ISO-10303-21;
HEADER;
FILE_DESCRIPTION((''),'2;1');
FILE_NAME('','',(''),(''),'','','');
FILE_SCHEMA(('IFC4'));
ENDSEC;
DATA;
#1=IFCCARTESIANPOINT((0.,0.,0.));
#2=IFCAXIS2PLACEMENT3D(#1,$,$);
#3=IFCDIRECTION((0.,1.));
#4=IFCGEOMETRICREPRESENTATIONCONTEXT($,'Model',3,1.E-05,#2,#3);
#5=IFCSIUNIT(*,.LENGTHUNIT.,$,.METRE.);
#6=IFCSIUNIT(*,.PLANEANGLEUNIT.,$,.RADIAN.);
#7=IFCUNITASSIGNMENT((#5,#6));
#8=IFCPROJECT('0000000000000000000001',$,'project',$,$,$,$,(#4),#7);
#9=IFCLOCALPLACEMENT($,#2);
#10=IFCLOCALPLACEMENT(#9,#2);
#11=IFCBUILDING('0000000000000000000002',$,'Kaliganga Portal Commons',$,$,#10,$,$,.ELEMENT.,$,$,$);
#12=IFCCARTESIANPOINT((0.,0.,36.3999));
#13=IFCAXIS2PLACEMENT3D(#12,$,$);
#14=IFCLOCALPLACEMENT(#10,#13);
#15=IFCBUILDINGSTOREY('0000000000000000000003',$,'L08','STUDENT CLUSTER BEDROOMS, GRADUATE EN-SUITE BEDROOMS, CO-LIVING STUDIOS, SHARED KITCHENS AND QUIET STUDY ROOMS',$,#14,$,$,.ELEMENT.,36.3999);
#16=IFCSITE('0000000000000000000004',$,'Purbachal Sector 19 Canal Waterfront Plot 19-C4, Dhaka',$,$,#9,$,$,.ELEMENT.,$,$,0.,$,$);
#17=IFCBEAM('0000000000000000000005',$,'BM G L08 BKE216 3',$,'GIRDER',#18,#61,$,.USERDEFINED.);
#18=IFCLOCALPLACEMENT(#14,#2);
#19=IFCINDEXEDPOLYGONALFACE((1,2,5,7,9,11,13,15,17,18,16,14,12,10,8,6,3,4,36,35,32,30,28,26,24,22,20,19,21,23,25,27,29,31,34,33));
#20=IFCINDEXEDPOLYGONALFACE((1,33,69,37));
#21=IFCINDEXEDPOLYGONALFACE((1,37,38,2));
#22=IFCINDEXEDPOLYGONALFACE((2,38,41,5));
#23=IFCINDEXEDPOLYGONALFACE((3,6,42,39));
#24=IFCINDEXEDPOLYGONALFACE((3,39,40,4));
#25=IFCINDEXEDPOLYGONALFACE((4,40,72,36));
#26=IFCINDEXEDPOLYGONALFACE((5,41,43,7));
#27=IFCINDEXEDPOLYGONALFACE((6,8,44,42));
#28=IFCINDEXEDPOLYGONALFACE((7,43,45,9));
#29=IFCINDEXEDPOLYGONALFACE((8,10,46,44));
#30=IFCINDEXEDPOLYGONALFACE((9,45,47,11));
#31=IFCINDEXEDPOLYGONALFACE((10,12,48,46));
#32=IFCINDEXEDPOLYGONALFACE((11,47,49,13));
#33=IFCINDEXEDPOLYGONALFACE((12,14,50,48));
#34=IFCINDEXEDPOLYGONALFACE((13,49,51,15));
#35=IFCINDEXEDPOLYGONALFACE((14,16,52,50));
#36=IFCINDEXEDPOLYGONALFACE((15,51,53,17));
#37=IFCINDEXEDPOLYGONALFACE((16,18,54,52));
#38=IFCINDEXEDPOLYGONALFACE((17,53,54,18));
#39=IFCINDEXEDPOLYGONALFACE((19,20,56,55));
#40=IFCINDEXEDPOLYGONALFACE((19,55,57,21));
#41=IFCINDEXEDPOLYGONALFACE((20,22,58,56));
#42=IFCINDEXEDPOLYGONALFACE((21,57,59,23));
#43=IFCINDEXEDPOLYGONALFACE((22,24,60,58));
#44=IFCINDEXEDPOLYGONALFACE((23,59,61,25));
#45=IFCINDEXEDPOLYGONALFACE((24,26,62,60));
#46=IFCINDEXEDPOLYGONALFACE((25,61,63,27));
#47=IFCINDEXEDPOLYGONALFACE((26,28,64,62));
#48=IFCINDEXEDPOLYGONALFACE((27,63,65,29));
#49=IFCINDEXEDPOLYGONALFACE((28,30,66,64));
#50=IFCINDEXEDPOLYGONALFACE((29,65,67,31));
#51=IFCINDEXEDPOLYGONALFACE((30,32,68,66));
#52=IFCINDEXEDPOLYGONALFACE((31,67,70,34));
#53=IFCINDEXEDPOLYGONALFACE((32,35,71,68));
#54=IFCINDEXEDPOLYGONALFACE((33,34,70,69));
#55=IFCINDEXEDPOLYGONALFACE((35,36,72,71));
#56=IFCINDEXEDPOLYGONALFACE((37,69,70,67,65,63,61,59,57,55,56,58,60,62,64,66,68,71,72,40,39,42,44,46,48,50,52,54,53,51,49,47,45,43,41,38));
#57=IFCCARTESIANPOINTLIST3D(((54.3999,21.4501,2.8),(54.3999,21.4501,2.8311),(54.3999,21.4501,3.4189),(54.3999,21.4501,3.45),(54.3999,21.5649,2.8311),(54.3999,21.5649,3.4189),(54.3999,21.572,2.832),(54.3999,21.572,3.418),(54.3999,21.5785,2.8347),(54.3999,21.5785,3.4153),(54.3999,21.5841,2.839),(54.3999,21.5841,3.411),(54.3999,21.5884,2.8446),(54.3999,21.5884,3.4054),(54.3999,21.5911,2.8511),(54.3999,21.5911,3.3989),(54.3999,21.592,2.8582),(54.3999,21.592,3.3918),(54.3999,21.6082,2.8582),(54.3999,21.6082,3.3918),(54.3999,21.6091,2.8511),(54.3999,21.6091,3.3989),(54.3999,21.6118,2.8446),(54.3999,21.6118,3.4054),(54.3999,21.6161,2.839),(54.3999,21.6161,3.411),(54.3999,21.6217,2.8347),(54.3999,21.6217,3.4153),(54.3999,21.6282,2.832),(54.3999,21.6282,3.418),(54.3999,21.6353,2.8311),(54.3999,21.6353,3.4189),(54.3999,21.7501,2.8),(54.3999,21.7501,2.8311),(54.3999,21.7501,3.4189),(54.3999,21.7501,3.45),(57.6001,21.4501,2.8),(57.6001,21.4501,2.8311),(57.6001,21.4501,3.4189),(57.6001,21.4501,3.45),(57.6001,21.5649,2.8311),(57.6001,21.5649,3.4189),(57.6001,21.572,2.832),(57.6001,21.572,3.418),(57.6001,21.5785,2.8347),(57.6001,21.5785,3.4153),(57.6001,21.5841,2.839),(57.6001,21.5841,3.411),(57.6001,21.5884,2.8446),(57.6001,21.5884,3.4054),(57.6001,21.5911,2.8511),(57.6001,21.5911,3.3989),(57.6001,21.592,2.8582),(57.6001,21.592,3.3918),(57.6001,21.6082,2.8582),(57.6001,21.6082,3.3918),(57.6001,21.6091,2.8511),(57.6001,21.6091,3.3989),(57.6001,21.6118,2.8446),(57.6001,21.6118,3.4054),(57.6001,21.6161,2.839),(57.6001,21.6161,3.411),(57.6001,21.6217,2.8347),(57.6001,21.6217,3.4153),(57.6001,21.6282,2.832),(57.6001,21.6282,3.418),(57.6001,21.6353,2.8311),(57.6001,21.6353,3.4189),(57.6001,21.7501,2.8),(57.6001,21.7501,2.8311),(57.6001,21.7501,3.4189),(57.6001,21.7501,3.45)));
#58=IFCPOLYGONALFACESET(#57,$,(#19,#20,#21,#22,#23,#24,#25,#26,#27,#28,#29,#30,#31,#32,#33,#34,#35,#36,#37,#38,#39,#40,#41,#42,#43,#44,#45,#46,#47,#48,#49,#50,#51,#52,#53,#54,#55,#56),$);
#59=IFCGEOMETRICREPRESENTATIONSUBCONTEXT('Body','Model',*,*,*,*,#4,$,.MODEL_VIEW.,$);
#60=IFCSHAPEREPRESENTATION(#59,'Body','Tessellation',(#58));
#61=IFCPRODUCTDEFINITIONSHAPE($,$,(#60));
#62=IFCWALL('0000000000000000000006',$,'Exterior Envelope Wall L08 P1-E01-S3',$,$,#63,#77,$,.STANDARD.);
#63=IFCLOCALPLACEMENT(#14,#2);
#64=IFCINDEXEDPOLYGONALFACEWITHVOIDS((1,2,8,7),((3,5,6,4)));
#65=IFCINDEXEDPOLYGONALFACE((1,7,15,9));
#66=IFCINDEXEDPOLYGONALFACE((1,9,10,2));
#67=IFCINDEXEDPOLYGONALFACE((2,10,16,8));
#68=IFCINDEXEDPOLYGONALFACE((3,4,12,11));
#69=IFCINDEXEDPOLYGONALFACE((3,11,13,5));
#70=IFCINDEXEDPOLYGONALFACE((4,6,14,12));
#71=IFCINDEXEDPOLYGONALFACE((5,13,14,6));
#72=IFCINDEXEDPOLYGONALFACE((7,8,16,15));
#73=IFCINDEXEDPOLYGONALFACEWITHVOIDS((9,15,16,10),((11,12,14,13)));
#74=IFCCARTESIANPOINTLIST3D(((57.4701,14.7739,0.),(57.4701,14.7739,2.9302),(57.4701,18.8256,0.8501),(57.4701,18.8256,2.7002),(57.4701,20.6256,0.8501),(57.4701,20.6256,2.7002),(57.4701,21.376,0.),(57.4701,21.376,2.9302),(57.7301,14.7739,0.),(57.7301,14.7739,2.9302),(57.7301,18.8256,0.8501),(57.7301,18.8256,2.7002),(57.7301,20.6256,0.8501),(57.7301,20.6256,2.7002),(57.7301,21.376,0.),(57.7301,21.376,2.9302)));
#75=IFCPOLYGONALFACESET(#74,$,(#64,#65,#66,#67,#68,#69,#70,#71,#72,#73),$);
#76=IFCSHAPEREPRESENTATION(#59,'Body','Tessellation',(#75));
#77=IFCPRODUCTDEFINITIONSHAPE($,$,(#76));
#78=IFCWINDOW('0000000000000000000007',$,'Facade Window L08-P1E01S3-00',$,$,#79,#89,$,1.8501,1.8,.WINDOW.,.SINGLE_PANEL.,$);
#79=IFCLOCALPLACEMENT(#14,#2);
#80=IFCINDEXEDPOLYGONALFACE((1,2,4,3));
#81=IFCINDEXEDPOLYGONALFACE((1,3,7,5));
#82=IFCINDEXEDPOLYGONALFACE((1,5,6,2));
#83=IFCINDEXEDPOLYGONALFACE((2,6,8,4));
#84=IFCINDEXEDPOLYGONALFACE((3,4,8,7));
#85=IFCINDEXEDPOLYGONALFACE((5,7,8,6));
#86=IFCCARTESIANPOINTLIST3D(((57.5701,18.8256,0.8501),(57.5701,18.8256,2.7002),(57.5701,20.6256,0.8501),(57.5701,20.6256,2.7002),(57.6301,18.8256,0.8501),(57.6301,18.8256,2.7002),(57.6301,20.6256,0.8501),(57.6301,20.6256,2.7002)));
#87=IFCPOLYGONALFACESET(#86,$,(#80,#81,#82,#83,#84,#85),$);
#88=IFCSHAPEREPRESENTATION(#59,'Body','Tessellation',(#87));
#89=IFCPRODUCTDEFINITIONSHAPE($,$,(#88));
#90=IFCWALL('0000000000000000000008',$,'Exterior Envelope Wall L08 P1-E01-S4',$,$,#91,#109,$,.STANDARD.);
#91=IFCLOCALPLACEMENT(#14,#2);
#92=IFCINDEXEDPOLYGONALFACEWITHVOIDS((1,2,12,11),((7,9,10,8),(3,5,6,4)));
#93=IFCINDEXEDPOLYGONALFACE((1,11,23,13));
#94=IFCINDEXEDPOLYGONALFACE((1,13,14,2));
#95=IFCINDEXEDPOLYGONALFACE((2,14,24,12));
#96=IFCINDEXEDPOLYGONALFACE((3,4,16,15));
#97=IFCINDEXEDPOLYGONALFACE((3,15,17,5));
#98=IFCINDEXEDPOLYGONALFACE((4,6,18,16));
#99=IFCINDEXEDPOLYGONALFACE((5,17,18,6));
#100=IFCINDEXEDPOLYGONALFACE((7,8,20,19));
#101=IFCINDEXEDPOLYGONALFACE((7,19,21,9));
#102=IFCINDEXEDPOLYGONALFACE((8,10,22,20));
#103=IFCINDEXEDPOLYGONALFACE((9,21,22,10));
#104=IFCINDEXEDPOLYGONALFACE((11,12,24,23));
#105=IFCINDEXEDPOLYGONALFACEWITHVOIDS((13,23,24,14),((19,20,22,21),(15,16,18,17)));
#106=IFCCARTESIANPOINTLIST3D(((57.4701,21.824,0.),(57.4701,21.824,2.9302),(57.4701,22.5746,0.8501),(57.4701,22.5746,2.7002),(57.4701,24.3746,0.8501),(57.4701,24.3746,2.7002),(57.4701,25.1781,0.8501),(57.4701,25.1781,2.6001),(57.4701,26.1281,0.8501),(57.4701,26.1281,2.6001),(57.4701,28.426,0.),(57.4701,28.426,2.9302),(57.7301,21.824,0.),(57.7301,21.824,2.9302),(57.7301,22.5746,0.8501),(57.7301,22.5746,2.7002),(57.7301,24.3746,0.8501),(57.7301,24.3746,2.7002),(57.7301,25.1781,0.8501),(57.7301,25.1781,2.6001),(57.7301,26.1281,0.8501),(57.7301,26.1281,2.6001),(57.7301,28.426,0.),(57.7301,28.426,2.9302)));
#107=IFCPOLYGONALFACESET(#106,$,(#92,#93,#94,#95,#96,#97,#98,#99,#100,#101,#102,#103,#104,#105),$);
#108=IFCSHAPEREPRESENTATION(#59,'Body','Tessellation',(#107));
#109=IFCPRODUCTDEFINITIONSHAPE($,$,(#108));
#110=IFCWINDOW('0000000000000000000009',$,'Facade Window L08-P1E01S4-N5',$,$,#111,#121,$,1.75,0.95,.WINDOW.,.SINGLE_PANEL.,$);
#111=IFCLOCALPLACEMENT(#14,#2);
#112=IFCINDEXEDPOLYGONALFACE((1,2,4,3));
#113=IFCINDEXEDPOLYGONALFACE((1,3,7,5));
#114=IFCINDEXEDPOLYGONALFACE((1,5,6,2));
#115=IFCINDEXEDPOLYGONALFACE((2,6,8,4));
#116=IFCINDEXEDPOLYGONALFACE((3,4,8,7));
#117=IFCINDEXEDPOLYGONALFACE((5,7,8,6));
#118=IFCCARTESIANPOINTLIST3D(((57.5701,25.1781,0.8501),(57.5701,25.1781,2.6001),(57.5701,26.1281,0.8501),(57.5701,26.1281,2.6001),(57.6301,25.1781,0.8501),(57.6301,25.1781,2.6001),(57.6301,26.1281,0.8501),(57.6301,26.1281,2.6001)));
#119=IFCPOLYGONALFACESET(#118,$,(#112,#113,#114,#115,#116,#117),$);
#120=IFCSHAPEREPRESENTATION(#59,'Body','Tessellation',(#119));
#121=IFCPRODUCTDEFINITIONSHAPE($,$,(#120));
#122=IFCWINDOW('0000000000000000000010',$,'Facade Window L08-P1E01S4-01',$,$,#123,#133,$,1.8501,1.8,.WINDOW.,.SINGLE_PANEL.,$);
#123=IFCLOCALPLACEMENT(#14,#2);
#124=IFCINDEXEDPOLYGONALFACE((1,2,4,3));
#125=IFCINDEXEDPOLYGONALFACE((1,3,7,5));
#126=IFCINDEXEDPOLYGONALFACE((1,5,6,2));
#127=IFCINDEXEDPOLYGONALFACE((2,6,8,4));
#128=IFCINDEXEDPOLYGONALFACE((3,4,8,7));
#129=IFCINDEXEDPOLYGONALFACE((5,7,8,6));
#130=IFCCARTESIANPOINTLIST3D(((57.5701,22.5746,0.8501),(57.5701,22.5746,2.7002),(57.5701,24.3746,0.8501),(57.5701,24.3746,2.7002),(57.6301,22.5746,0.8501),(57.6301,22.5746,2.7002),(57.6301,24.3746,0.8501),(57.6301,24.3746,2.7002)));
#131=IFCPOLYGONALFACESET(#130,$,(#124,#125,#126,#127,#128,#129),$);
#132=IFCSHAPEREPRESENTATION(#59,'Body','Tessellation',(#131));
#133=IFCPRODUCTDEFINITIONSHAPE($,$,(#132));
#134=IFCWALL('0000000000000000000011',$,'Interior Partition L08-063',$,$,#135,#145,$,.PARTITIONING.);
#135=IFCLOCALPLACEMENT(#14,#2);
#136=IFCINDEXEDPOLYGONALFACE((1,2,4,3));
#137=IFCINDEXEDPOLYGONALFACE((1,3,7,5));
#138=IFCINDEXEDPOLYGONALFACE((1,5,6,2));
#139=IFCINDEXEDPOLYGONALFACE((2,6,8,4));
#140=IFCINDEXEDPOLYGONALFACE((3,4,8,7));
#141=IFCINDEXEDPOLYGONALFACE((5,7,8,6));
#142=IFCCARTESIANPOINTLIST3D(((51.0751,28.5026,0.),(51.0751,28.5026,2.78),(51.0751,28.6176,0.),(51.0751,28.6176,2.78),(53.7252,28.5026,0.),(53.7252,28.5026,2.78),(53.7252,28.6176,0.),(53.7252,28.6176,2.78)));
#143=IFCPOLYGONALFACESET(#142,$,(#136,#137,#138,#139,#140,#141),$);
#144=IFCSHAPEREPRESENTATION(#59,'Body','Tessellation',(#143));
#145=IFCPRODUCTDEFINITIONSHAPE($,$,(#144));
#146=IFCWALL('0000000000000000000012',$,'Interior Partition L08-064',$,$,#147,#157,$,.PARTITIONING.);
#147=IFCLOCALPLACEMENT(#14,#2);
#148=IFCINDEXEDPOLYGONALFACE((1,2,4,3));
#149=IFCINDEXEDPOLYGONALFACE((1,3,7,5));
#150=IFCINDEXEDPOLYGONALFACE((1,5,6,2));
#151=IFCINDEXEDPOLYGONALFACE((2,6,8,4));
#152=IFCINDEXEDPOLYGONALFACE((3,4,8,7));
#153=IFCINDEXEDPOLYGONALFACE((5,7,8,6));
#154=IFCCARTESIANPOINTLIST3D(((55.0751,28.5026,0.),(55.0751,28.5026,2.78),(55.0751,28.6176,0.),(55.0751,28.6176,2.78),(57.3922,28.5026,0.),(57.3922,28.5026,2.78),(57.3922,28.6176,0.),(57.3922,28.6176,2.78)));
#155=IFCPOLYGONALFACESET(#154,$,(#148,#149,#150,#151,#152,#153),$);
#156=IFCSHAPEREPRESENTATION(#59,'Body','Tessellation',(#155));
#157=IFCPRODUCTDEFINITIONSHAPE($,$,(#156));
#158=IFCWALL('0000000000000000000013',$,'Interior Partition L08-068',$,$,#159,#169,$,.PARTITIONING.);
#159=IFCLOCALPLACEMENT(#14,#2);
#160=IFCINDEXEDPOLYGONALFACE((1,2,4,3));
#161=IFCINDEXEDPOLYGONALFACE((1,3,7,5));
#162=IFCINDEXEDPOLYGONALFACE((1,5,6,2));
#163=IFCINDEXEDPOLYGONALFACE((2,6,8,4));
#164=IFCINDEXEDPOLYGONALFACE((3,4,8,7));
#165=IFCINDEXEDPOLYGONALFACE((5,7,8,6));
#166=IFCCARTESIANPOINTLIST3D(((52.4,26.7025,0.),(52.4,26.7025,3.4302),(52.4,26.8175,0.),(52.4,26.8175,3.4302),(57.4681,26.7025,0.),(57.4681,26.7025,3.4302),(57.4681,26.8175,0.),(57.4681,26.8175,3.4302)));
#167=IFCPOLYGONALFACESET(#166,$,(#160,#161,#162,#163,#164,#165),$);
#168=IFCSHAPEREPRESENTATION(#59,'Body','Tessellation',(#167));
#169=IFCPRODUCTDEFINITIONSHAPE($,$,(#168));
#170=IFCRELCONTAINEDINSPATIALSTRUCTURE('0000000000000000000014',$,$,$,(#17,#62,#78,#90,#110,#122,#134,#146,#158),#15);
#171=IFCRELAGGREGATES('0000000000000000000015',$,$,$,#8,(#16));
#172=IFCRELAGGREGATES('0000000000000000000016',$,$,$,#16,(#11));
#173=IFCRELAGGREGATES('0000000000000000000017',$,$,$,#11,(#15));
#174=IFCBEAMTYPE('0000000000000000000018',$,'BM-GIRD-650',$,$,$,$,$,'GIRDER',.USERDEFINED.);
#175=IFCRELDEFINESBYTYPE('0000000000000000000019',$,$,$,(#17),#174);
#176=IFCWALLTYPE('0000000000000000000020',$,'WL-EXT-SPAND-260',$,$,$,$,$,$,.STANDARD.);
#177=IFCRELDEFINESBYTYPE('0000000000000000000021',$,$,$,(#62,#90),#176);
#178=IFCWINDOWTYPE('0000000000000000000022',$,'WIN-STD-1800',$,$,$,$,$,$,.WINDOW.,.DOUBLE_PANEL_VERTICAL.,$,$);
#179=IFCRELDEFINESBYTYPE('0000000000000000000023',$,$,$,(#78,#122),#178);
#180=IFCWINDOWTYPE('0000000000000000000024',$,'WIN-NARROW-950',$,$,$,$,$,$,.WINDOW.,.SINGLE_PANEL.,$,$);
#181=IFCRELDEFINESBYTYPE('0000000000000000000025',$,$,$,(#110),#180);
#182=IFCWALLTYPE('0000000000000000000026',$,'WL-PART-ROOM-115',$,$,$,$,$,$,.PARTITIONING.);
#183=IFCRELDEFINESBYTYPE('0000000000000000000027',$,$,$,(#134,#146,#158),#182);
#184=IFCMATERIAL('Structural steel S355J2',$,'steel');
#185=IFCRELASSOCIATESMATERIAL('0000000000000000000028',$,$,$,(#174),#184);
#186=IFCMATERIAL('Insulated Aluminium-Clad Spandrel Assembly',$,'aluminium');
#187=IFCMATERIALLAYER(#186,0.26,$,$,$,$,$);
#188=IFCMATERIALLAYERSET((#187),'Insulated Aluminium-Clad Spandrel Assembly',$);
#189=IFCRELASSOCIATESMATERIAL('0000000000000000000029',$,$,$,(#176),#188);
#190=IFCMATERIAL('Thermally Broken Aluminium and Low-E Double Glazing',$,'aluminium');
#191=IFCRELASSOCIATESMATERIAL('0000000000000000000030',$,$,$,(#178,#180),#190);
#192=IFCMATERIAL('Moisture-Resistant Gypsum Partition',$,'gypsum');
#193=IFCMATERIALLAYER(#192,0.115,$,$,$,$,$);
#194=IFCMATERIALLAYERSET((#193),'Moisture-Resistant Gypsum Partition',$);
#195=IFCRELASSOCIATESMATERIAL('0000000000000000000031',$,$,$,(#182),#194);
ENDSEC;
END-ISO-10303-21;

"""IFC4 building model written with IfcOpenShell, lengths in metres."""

from ifc_helpers import new_model, si_unit, direction, frame, frame_2d, origin, origin_2d, place, context, subcontext, project, spatial, rectangle, i_section, extrude, source, transform, mapped, material, layer, layer_set, material_profile, profile_set, type_object, element, fill, save


model = new_model("IFC4")

# Units and contexts
model_context = context("Model", 3, precision=1e-05, world=origin(), true_north=direction((0.0, 1.0)))
body_context = subcontext(model_context, "Body", "Model", "MODEL_VIEW")
ifc_project = project(units=[si_unit("LENGTHUNIT", "METRE"), si_unit("PLANEANGLEUNIT", "RADIAN")], contexts=[model_context])

# Site, building, storey
site_placement = place(None, origin())
site = spatial("IfcSite", under=ifc_project, at=site_placement, Name="Purbachal Sector 19 Canal Waterfront Plot 19-C4, Dhaka", CompositionType="ELEMENT", RefElevation=0.0)
building_placement = place(site_placement, origin())
building = spatial("IfcBuilding", under=site, at=building_placement, Name="Kaliganga Portal Commons", CompositionType="ELEMENT")
storey_placement = place(building_placement, frame((0.0, 0.0, 36.3999)))
storey = spatial("IfcBuildingStorey", under=building, at=storey_placement, Name="L08", Description="STUDENT CLUSTER BEDROOMS, GRADUATE EN-SUITE BEDROOMS, CO-LIVING STUDIOS, SHARED KITCHENS AND QUIET STUDY ROOMS", CompositionType="ELEMENT", Elevation=36.3999)

# Beam
ifc_material_1 = material(Name="Structural steel S355J2", Category="steel")
ifc_material_profile_1 = material_profile(ifc_material_1, i_section(OverallWidth=0.3, OverallDepth=0.6499, WebThickness=0.0161, FlangeThickness=0.031, FilletRadius=0.0271, at=origin_2d()), Name="HE 650 B")
ifc_profile_set_1 = profile_set([ifc_material_profile_1], Name="Structural steel S355J2 wide-flange")
beam_type_1 = type_object("IfcBeamType", Name="BM-GIRD-650", ElementType="GIRDER", PredefinedType="USERDEFINED", material=ifc_profile_set_1)
shared_shape_1 = source(origin(), body_context, "Body", "SweptSolid", [
    extrude(i_section(OverallWidth=0.3, OverallDepth=0.6499, WebThickness=0.0161, FlangeThickness=0.031, FilletRadius=0.0271, at=origin_2d()), origin(), (0.0, 0.0, 1.0), 3.2002),
])
beam_1_placement = place(storey_placement, frame((54.3999, 21.6001, 3.125), z_axis=(1.0, 0.0, 0.0), x_axis=(0.0, 1.0, 0.0)))
element("IfcBeam", 1, at=beam_1_placement, inside=storey, type_object=beam_type_1, Name="BM G L08 BKE216 3", ObjectType="GIRDER", PredefinedType="USERDEFINED", context=body_context, shape_type="MappedRepresentation", body=[
    mapped(shared_shape_1, transform((0.0, 0.0, 0.0), x_axis=(1.0, 0.0, 0.0), y_axis=(0.0, 1.0, 0.0), z_axis=(0.0, 0.0, 1.0), scale=1.0)),
])

# Wall, opening, window
ifc_material_2 = material(Name="Insulated Aluminium-Clad Spandrel Assembly", Category="aluminium")
ifc_layer_1 = layer(ifc_material_2, 0.26)
ifc_layer_set_1 = layer_set([ifc_layer_1], Name="Insulated Aluminium-Clad Spandrel Assembly")
wall_type_1 = type_object("IfcWallType", Name="WL-EXT-SPAND-260", PredefinedType="STANDARD", material=ifc_layer_set_1)
wall_1_placement = place(storey_placement, frame((57.6001, 21.376, 0.0), z_axis=(0.0, 0.0, 1.0), x_axis=(0.0, -1.0, 0.0)))
wall_1 = element("IfcWall", 2, at=wall_1_placement, inside=storey, type_object=wall_type_1, Name="Exterior Envelope Wall L08 P1-E01-S3", PredefinedType="STANDARD", context=body_context, shape_type="SweptSolid", body=[
    extrude(rectangle(XDim=6.6021, YDim=0.26, at=frame_2d((3.301, 0.0))), origin(), (0.0, 0.0, 1.0), 2.9302),
])
opening_1_placement = place(wall_1_placement, frame((0.7505, 0.0, 0.8501)))
opening_1 = element("IfcOpeningElement", 3, at=opening_1_placement, cuts=wall_1, PredefinedType="OPENING", context=body_context, shape_type="SweptSolid", body=[
    extrude(rectangle(XDim=1.8, YDim=1.8501, at=frame_2d((0.8999, 0.925))), frame((0.0, 0.1401, 0.0), z_axis=(0.0, -1.0, 0.0), x_axis=(1.0, 0.0, 0.0)), (0.0, 0.0, 1.0), 0.28),
])
ifc_material_3 = material(Name="Thermally Broken Aluminium and Low-E Double Glazing", Category="aluminium")
window_type_1 = type_object("IfcWindowType", Name="WIN-STD-1800", PartitioningType="DOUBLE_PANEL_VERTICAL", PredefinedType="WINDOW", material=ifc_material_3)
window_1_placement = place(opening_1_placement, origin())
window_1 = element("IfcWindow", 4, at=window_1_placement, inside=storey, type_object=window_type_1, Name="Facade Window L08-P1E01S3-00", OverallHeight=1.8501, OverallWidth=1.8, PartitioningType="SINGLE_PANEL", PredefinedType="WINDOW", context=body_context, shape_type="SweptSolid", body=[
    extrude(rectangle(XDim=1.8, YDim=1.8501, at=frame_2d((0.8999, 0.925))), frame((0.0, 0.03, 0.0), z_axis=(0.0, -1.0, 0.0), x_axis=(1.0, 0.0, 0.0)), (0.0, 0.0, 1.0), 0.0601),
])
fill(opening_1, window_1)

# Wall, openings, windows
wall_2_placement = place(storey_placement, frame((57.6001, 28.426, 0.0), z_axis=(0.0, 0.0, 1.0), x_axis=(0.0, -1.0, 0.0)))
wall_2 = element("IfcWall", 5, at=wall_2_placement, inside=storey, type_object=wall_type_1, Name="Exterior Envelope Wall L08 P1-E01-S4", PredefinedType="STANDARD", context=body_context, shape_type="SweptSolid", body=[
    extrude(rectangle(XDim=6.6021, YDim=0.26, at=frame_2d((3.301, 0.0))), origin(), (0.0, 0.0, 1.0), 2.9302),
])
opening_2_placement = place(wall_2_placement, frame((4.0515, 0.0, 0.8501)))
opening_2 = element("IfcOpeningElement", 6, at=opening_2_placement, cuts=wall_2, PredefinedType="OPENING", context=body_context, shape_type="SweptSolid", body=[
    extrude(rectangle(XDim=1.8, YDim=1.8501, at=frame_2d((0.8999, 0.925))), frame((0.0, 0.1401, 0.0), z_axis=(0.0, -1.0, 0.0), x_axis=(1.0, 0.0, 0.0)), (0.0, 0.0, 1.0), 0.28),
])
opening_3_placement = place(wall_2_placement, frame((2.2979, 0.0, 0.8501)))
opening_3 = element("IfcOpeningElement", 7, at=opening_3_placement, cuts=wall_2, PredefinedType="OPENING", context=body_context, shape_type="SweptSolid", body=[
    extrude(rectangle(XDim=0.95, YDim=1.75, at=frame_2d((0.4751, 0.875))), frame((0.0, 0.1401, 0.0), z_axis=(0.0, -1.0, 0.0), x_axis=(1.0, 0.0, 0.0)), (0.0, 0.0, 1.0), 0.28),
])
window_type_2 = type_object("IfcWindowType", Name="WIN-NARROW-950", PartitioningType="SINGLE_PANEL", PredefinedType="WINDOW", material=ifc_material_3)
window_2_placement = place(opening_3_placement, origin())
window_2 = element("IfcWindow", 8, at=window_2_placement, inside=storey, type_object=window_type_2, Name="Facade Window L08-P1E01S4-N5", OverallHeight=1.75, OverallWidth=0.95, PartitioningType="SINGLE_PANEL", PredefinedType="WINDOW", context=body_context, shape_type="SweptSolid", body=[
    extrude(rectangle(XDim=0.95, YDim=1.75, at=frame_2d((0.4751, 0.875))), frame((0.0, 0.03, 0.0), z_axis=(0.0, -1.0, 0.0), x_axis=(1.0, 0.0, 0.0)), (0.0, 0.0, 1.0), 0.0601),
])
fill(opening_3, window_2)
window_3_placement = place(opening_2_placement, origin())
window_3 = element("IfcWindow", 9, at=window_3_placement, inside=storey, type_object=window_type_1, Name="Facade Window L08-P1E01S4-01", OverallHeight=1.8501, OverallWidth=1.8, PartitioningType="SINGLE_PANEL", PredefinedType="WINDOW", context=body_context, shape_type="SweptSolid", body=[
    extrude(rectangle(XDim=1.8, YDim=1.8501, at=frame_2d((0.8999, 0.925))), frame((0.0, 0.03, 0.0), z_axis=(0.0, -1.0, 0.0), x_axis=(1.0, 0.0, 0.0)), (0.0, 0.0, 1.0), 0.0601),
])
fill(opening_2, window_3)

# Walls
ifc_material_4 = material(Name="Moisture-Resistant Gypsum Partition", Category="gypsum")
ifc_layer_2 = layer(ifc_material_4, 0.115)
ifc_layer_set_2 = layer_set([ifc_layer_2], Name="Moisture-Resistant Gypsum Partition")
wall_type_2 = type_object("IfcWallType", Name="WL-PART-ROOM-115", PredefinedType="PARTITIONING", material=ifc_layer_set_2)
wall_3_placement = place(storey_placement, frame((51.075, 28.5601, 0.0), z_axis=(0.0, 0.0, 1.0), x_axis=(1.0, 0.0, 0.0)))
element("IfcWall", 10, at=wall_3_placement, inside=storey, type_object=wall_type_2, Name="Interior Partition L08-063", PredefinedType="PARTITIONING", context=body_context, shape_type="SweptSolid", body=[
    extrude(rectangle(XDim=2.6501, YDim=0.115, at=frame_2d((1.3252, 0.0))), origin(), (0.0, 0.0, 1.0), 2.78),
])
wall_4_placement = place(storey_placement, frame((55.075, 28.5601, 0.0), z_axis=(0.0, 0.0, 1.0), x_axis=(1.0, 0.0, 0.0)))
element("IfcWall", 11, at=wall_4_placement, inside=storey, type_object=wall_type_2, Name="Interior Partition L08-064", PredefinedType="PARTITIONING", context=body_context, shape_type="SweptSolid", body=[
    extrude(rectangle(XDim=2.3171, YDim=0.115, at=frame_2d((1.1587, 0.0))), origin(), (0.0, 0.0, 1.0), 2.78),
])
wall_5_placement = place(storey_placement, frame((52.3999, 26.76, 0.0), z_axis=(0.0, 0.0, 1.0), x_axis=(1.0, 0.0, 0.0)))
element("IfcWall", 12, at=wall_5_placement, inside=storey, type_object=wall_type_2, Name="Interior Partition L08-068", PredefinedType="PARTITIONING", context=body_context, shape_type="SweptSolid", body=[
    extrude(rectangle(XDim=5.0681, YDim=0.115, at=frame_2d((2.5342, 0.0))), origin(), (0.0, 0.0, 1.0), 3.4302),
])

save(model, "model.ifc")
